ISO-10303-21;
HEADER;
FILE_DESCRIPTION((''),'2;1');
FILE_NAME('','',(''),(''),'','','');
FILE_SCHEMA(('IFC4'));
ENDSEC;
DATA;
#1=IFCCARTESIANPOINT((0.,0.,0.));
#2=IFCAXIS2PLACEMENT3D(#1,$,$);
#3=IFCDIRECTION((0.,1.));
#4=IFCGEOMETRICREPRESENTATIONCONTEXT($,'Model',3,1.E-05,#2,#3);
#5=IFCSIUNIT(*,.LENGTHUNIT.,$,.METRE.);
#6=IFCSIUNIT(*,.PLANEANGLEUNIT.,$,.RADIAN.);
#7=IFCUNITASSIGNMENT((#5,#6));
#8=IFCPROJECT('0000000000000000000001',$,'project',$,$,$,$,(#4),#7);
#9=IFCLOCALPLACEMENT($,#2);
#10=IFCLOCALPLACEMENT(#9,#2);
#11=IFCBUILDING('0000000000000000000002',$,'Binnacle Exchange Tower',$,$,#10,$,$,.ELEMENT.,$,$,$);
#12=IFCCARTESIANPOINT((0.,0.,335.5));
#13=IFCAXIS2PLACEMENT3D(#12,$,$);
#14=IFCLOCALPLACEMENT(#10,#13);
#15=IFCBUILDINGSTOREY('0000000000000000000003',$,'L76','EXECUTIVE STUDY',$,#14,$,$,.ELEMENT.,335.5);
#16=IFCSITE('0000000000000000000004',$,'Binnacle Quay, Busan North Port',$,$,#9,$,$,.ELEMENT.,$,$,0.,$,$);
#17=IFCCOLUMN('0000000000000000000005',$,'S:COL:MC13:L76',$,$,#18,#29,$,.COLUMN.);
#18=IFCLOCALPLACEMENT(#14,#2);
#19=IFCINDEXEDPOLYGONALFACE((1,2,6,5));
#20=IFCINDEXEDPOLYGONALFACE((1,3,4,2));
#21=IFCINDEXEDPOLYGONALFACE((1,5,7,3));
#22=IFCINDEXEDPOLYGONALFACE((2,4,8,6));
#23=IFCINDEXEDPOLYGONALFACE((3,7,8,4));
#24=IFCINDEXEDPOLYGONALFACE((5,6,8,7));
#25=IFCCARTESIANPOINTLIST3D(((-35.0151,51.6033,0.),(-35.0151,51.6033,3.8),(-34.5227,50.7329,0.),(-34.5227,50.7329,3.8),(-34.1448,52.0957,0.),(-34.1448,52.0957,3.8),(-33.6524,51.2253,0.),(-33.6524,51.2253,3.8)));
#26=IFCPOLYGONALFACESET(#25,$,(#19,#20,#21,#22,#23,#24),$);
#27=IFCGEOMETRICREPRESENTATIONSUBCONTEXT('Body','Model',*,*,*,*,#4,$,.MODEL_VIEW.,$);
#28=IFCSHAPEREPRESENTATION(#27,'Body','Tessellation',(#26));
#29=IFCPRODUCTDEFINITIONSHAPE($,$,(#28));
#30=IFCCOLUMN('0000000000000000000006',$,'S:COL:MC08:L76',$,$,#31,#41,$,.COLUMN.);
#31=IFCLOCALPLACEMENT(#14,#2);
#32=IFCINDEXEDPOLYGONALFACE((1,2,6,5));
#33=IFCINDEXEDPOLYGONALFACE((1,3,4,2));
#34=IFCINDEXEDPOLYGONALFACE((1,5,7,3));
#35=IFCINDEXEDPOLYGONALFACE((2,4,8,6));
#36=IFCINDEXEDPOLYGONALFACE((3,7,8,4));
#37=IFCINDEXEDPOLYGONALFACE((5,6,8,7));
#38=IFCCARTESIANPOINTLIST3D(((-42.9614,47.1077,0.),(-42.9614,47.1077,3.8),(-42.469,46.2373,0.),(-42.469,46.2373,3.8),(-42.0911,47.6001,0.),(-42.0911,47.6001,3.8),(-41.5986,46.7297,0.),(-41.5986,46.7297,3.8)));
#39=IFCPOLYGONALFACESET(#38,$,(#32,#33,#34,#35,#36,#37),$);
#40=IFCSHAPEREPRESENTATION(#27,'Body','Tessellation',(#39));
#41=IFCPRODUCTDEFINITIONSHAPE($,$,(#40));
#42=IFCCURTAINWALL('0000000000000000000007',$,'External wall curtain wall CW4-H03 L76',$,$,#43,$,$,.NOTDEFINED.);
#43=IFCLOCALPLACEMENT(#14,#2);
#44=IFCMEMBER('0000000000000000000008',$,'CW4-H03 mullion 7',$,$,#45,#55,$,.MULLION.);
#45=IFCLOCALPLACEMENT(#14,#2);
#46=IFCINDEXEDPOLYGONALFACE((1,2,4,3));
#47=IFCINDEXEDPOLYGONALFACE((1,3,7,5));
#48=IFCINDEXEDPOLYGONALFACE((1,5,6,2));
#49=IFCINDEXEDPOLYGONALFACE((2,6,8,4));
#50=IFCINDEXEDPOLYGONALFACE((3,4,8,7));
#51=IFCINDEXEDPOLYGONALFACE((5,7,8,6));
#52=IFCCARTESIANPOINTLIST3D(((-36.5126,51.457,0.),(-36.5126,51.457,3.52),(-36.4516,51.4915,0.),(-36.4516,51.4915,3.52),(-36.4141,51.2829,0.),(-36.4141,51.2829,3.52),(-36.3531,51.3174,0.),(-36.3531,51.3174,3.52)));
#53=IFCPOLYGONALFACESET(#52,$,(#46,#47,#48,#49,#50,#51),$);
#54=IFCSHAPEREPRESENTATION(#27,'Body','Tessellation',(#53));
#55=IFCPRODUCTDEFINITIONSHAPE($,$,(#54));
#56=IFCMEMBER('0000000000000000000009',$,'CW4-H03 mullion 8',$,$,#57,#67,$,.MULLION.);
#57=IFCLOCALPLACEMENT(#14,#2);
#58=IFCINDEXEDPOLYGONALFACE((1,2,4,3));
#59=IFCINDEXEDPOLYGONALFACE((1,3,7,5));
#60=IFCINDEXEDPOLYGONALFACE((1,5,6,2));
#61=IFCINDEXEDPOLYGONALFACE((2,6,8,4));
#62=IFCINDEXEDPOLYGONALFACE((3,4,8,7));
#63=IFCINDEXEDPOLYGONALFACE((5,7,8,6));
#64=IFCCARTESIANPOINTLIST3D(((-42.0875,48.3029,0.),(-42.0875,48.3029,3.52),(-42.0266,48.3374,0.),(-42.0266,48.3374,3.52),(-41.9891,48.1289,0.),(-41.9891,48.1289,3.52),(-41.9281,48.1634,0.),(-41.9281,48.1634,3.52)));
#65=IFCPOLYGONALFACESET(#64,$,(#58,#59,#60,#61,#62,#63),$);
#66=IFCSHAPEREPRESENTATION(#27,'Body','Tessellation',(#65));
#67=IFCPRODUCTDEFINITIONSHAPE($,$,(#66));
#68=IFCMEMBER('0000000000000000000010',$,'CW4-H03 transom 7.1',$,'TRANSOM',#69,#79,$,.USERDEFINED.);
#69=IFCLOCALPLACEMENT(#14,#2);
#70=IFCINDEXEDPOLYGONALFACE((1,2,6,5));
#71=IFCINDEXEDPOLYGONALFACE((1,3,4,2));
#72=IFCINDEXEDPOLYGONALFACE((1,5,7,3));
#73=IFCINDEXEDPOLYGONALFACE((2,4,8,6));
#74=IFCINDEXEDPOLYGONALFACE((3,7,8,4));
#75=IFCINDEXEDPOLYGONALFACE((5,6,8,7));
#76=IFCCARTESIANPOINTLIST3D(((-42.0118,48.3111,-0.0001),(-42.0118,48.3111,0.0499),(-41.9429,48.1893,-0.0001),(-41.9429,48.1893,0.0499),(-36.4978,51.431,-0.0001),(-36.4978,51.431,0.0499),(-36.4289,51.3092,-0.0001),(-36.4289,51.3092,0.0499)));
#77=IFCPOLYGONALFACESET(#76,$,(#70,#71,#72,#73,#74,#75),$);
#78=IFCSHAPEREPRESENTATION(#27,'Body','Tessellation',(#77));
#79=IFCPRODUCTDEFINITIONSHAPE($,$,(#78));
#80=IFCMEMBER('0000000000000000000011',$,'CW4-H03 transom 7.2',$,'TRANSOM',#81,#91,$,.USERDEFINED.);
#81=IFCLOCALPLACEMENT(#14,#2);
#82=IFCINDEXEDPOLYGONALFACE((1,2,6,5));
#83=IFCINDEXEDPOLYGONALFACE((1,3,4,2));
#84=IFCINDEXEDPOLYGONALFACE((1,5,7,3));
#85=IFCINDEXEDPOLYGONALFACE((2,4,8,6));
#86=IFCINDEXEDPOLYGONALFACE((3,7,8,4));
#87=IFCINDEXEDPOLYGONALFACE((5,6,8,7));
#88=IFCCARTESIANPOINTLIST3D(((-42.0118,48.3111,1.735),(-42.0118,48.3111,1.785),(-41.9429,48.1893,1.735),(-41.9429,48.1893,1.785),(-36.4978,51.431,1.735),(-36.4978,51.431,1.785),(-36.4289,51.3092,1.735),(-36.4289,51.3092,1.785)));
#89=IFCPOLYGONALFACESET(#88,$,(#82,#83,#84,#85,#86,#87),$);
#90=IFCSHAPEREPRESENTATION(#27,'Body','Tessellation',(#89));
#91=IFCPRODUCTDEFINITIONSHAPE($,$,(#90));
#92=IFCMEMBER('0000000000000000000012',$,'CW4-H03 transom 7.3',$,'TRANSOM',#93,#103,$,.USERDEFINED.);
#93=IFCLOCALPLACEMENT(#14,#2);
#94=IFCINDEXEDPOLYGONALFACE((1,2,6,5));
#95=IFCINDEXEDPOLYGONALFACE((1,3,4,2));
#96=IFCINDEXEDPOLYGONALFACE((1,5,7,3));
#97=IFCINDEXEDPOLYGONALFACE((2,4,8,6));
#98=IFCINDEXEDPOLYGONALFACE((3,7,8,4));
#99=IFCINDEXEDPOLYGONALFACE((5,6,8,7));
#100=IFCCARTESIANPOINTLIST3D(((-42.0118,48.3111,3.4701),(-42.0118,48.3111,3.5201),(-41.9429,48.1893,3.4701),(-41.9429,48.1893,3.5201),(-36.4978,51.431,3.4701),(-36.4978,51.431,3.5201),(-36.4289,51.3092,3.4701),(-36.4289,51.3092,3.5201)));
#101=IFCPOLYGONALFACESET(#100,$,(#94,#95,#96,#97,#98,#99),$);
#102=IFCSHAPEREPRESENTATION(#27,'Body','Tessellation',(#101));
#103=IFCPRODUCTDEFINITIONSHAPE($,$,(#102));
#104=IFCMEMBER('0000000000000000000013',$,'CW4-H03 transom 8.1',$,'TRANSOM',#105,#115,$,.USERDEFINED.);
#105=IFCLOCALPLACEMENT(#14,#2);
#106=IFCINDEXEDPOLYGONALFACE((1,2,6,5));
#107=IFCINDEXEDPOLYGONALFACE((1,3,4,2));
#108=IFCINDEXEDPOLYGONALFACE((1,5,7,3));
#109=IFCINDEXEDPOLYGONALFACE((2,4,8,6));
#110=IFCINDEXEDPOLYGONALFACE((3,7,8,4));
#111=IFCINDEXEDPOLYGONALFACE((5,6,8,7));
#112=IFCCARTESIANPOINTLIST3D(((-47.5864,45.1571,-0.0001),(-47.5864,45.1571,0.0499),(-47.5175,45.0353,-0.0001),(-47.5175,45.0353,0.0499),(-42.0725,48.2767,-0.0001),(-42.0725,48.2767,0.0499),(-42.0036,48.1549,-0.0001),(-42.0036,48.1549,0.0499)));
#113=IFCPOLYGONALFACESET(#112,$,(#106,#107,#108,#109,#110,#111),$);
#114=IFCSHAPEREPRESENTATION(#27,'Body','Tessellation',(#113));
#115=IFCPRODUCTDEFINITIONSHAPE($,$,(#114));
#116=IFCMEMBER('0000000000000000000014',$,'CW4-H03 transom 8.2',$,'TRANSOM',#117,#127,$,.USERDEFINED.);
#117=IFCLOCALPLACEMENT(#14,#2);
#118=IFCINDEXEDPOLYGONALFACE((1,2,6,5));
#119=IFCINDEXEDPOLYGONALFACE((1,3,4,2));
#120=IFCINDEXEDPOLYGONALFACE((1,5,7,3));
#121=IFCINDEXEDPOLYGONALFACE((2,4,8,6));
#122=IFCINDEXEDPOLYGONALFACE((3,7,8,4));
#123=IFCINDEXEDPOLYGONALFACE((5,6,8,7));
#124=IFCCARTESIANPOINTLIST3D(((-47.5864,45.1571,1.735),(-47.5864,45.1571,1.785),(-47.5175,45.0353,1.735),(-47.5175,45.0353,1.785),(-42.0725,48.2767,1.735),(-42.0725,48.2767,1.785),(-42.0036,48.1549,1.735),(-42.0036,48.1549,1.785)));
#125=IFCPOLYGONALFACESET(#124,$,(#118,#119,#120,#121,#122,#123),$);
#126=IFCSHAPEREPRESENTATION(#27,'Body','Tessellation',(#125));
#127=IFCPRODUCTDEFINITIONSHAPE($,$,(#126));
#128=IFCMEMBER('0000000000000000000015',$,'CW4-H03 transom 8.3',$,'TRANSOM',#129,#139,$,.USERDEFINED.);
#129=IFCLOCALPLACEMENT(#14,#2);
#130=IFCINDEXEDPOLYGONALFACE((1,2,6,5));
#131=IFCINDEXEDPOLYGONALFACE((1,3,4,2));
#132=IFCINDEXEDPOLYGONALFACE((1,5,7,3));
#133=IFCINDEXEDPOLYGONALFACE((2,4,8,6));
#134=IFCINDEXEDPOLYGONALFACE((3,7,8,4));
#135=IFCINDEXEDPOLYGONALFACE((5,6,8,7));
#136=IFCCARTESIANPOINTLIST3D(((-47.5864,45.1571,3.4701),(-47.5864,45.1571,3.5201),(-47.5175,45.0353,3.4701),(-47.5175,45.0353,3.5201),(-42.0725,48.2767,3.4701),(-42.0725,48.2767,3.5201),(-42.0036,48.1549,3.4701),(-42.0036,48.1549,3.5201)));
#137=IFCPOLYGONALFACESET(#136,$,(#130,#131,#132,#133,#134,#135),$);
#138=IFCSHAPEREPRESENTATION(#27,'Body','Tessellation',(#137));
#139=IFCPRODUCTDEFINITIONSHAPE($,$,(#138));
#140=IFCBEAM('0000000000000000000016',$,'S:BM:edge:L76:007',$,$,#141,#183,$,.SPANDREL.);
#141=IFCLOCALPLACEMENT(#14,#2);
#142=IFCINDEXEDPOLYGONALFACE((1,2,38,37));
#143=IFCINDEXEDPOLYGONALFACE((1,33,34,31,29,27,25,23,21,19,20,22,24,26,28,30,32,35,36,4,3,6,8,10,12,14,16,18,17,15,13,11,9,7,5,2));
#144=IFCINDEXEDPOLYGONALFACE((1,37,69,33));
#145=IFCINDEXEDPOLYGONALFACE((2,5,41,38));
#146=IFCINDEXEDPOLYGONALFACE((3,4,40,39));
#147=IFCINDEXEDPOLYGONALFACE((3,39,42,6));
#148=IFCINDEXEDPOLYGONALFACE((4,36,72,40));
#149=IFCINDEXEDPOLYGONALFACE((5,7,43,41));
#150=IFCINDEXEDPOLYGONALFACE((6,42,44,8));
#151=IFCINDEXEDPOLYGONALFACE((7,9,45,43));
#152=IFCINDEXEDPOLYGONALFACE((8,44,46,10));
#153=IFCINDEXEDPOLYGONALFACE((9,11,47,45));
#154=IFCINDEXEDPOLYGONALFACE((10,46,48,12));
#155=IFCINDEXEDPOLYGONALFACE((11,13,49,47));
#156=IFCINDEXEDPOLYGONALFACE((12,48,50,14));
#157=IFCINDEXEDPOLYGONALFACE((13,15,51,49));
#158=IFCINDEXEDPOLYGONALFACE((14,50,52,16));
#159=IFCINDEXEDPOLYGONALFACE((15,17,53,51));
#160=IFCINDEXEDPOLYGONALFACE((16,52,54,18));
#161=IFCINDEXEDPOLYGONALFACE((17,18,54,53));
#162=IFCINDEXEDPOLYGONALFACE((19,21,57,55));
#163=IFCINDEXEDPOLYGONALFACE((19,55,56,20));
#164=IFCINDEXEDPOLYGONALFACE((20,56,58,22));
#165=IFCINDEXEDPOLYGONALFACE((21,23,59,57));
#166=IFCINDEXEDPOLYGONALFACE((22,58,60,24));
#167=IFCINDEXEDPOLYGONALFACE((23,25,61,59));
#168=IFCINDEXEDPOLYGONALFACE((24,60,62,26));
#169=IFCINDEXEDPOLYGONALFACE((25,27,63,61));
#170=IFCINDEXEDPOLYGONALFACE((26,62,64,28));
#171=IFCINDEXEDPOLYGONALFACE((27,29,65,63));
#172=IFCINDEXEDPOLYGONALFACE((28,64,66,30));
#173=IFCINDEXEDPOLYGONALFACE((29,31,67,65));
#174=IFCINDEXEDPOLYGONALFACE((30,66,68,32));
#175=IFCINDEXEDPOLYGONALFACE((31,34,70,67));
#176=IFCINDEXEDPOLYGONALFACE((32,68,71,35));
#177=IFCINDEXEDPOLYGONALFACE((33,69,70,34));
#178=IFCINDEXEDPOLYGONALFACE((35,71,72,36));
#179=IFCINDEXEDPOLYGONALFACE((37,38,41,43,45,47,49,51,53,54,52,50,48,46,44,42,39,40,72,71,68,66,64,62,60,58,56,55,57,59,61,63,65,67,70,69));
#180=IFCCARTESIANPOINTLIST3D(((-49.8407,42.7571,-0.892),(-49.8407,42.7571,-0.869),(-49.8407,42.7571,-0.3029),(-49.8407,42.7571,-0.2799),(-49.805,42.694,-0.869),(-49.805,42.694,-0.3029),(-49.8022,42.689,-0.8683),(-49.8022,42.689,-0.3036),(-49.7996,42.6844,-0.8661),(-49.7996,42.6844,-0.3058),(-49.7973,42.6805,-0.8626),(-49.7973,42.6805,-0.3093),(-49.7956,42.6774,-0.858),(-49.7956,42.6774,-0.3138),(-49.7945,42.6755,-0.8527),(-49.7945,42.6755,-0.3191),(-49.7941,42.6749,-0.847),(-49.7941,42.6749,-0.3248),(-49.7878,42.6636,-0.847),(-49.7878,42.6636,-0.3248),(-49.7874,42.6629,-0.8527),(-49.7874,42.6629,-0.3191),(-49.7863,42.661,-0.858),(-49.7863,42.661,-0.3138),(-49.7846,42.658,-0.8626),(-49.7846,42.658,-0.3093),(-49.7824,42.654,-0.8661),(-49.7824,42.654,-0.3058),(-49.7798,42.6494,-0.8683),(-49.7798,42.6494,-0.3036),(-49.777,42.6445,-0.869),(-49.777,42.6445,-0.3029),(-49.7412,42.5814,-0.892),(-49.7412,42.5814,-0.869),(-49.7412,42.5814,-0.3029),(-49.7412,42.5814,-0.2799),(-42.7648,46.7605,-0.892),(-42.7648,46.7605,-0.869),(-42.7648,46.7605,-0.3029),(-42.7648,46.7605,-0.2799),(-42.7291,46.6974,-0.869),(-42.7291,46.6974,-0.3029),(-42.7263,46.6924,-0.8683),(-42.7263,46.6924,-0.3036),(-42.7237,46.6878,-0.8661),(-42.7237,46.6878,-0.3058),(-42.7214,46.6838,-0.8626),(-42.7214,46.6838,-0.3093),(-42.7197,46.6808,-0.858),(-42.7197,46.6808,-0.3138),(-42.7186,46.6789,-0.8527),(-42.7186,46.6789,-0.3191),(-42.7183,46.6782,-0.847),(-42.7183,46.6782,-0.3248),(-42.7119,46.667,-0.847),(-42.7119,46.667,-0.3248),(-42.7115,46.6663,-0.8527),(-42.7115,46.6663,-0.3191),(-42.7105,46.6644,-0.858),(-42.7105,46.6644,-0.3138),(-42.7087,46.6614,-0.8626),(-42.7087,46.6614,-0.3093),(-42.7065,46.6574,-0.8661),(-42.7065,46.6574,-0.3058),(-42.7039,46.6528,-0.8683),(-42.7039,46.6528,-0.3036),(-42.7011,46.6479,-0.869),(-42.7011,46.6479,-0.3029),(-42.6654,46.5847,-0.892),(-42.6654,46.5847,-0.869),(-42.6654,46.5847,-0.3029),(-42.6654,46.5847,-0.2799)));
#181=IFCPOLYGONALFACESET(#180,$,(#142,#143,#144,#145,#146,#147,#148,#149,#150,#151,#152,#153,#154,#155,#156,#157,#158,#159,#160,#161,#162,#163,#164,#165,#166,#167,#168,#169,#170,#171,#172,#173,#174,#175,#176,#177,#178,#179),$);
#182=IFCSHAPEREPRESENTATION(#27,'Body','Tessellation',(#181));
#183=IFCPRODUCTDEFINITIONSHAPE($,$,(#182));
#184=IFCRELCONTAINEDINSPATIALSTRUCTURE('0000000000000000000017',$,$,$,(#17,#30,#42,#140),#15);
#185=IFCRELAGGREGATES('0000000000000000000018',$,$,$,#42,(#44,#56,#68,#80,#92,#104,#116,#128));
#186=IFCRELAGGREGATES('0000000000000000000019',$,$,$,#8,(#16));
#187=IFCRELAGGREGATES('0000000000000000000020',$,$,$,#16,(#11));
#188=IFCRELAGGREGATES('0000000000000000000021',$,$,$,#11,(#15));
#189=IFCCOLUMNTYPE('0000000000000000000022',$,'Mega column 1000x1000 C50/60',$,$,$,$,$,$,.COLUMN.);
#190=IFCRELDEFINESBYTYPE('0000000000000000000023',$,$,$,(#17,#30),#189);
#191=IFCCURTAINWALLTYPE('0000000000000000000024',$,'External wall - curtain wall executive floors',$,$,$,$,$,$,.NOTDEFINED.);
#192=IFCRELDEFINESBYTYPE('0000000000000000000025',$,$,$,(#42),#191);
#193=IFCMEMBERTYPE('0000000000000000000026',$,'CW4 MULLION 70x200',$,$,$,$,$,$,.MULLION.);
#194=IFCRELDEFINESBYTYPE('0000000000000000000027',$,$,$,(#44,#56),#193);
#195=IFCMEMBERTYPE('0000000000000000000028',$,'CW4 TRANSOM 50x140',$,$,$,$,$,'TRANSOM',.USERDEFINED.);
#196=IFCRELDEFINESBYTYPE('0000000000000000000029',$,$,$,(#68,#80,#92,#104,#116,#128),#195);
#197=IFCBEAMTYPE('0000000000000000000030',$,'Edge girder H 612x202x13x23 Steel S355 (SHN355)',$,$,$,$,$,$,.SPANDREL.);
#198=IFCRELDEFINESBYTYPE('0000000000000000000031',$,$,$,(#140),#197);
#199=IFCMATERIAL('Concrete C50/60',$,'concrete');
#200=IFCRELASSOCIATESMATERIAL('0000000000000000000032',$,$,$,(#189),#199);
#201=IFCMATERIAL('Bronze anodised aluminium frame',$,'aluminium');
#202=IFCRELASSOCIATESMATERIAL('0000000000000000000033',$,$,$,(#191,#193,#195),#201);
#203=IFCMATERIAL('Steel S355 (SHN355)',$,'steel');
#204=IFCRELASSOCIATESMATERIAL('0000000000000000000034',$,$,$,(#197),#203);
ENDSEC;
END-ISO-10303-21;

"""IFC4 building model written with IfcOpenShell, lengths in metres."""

from ifc_helpers import new_model, si_unit, direction, frame, origin, origin_2d, place, context, subcontext, project, spatial, rectangle, i_section, extrude, material, material_profile, profile_set, type_object, element, aggregate, save


model = new_model("IFC4")

# Units and contexts
model_context = context("Model", 3, precision=1e-05, world=origin(), true_north=direction((0.0, 1.0)))
body_context = subcontext(model_context, "Body", "Model", "MODEL_VIEW")
ifc_project = project(units=[si_unit("LENGTHUNIT", "METRE"), si_unit("PLANEANGLEUNIT", "RADIAN")], contexts=[model_context])

# Site, building, storey
site_placement = place(None, origin())
site = spatial("IfcSite", under=ifc_project, at=site_placement, Name="Binnacle Quay, Busan North Port", CompositionType="ELEMENT", RefElevation=0.0)
building_placement = place(site_placement, origin())
building = spatial("IfcBuilding", under=site, at=building_placement, Name="Binnacle Exchange Tower", CompositionType="ELEMENT")
storey_placement = place(building_placement, frame((0.0, 0.0, 335.5)))
storey = spatial("IfcBuildingStorey", under=building, at=storey_placement, Name="L76", Description="EXECUTIVE STUDY", CompositionType="ELEMENT", Elevation=335.5)

# Columns
ifc_material_1 = material(Name="Concrete C50/60", Category="concrete")
ifc_material_profile_1 = material_profile(ifc_material_1, rectangle(XDim=1.0, YDim=1.0, at=origin_2d()), Name="Mega column 1000x1000 C50/60")
ifc_profile_set_1 = profile_set([ifc_material_profile_1], Name="Concrete C50/60")
column_type = type_object("IfcColumnType", Name="Mega column 1000x1000 C50/60", PredefinedType="COLUMN", material=ifc_profile_set_1)
for number, where, z_axis, x_axis, name in (
    (1, (-34.3337, 51.4143, 0.0), (0.0, 0.0, 1.0), (-0.870356, -0.492424, 0.0), "S:COL:MC13:L76"),
    (2, (-42.28, 46.9187, 0.0), (0.0, 0.0, 1.0), (-0.870356, -0.492424, 0.0), "S:COL:MC08:L76"),
):
    element("IfcColumn", number, at=place(storey_placement, frame(where, z_axis=z_axis, x_axis=x_axis)), inside=storey, type_object=column_type, Name=name, PredefinedType="COLUMN", context=body_context, shape_type="SweptSolid", body=[
        extrude(rectangle(XDim=1.0, YDim=1.0, at=origin_2d()), origin(), (0.0, 0.0, 1.0), 3.8),
    ])

# Curtain wall, members
ifc_material_2 = material(Name="Bronze anodised aluminium frame", Category="aluminium")
curtain_wall_type = type_object("IfcCurtainWallType", Name="External wall - curtain wall executive floors", PredefinedType="NOTDEFINED", material=ifc_material_2)
curtain_wall_placement = place(storey_placement, origin())
curtain_wall = element("IfcCurtainWall", 3, at=curtain_wall_placement, inside=storey, type_object=curtain_wall_type, Name="External wall curtain wall CW4-H03 L76", PredefinedType="NOTDEFINED")
ifc_material_profile_2 = material_profile(ifc_material_2, rectangle(XDim=0.2, YDim=0.0701, at=origin_2d()), Name="AL 70x200")
ifc_profile_set_2 = profile_set([ifc_material_profile_2], Name="Bronze anodised aluminium frame")
member_type_1 = type_object("IfcMemberType", Name="CW4 MULLION 70x200", PredefinedType="MULLION", material=ifc_profile_set_2)
member_1_placement = place(storey_placement, frame((-36.4329, 51.3872, 0.0), z_axis=(0.0, 0.0, 1.0), x_axis=(0.492424, -0.870356, 0.0)))
member_1 = element("IfcMember", 4, at=member_1_placement, type_object=member_type_1, Name="CW4-H03 mullion 7", PredefinedType="MULLION", context=body_context, shape_type="SweptSolid", body=[
    extrude(rectangle(XDim=0.2, YDim=0.0701, at=origin_2d()), origin(), (0.0, 0.0, 1.0), 3.52),
])
member_2_placement = place(storey_placement, frame((-42.0078, 48.2332, 0.0), z_axis=(0.0, 0.0, 1.0), x_axis=(0.492424, -0.870356, 0.0)))
member_2 = element("IfcMember", 5, at=member_2_placement, type_object=member_type_1, Name="CW4-H03 mullion 8", PredefinedType="MULLION", context=body_context, shape_type="SweptSolid", body=[
    extrude(rectangle(XDim=0.2, YDim=0.0701, at=origin_2d()), origin(), (0.0, 0.0, 1.0), 3.52),
])
ifc_material_profile_3 = material_profile(ifc_material_2, rectangle(XDim=0.1399, YDim=0.05, at=origin_2d()), Name="AL 140x50")
ifc_profile_set_3 = profile_set([ifc_material_profile_3], Name="Bronze anodised aluminium frame")
member_type_2 = type_object("IfcMemberType", Name="CW4 TRANSOM 50x140", ElementType="TRANSOM", PredefinedType="USERDEFINED", material=ifc_profile_set_3)
member_3_placement = place(storey_placement, frame((-36.4634, 51.3701, 0.0249), z_axis=(-0.870339, -0.492453, 0.0), x_axis=(0.492453, -0.870339, 0.0)))
member_3 = element("IfcMember", 6, at=member_3_placement, type_object=member_type_2, Name="CW4-H03 transom 7.1", ObjectType="TRANSOM", PredefinedType="USERDEFINED", context=body_context, shape_type="SweptSolid", body=[
    extrude(rectangle(XDim=0.1399, YDim=0.05, at=origin_2d()), origin(), (0.0, 0.0, 1.0), 6.3354),
])
member_4_placement = place(storey_placement, frame((-36.4634, 51.3701, 1.76), z_axis=(-0.870339, -0.492453, 0.0), x_axis=(0.492453, -0.870339, 0.0)))
member_4 = element("IfcMember", 7, at=member_4_placement, type_object=member_type_2, Name="CW4-H03 transom 7.2", ObjectType="TRANSOM", PredefinedType="USERDEFINED", context=body_context, shape_type="SweptSolid", body=[
    extrude(rectangle(XDim=0.1399, YDim=0.05, at=origin_2d()), origin(), (0.0, 0.0, 1.0), 6.3354),
])
member_5_placement = place(storey_placement, frame((-36.4634, 51.3701, 3.4951), z_axis=(-0.870339, -0.492453, 0.0), x_axis=(0.492453, -0.870339, 0.0)))
member_5 = element("IfcMember", 8, at=member_5_placement, type_object=member_type_2, Name="CW4-H03 transom 7.3", ObjectType="TRANSOM", PredefinedType="USERDEFINED", context=body_context, shape_type="SweptSolid", body=[
    extrude(rectangle(XDim=0.1399, YDim=0.05, at=origin_2d()), origin(), (0.0, 0.0, 1.0), 6.3354),
])
member_6_placement = place(storey_placement, frame((-42.0381, 48.2158, 0.0249), z_axis=(-0.870355, -0.492424, 0.0), x_axis=(0.492424, -0.870355, 0.0)))
member_6 = element("IfcMember", 9, at=member_6_placement, type_object=member_type_2, Name="CW4-H03 transom 8.1", ObjectType="TRANSOM", PredefinedType="USERDEFINED", context=body_context, shape_type="SweptSolid", body=[
    extrude(rectangle(XDim=0.1399, YDim=0.05, at=origin_2d()), origin(), (0.0, 0.0, 1.0), 6.3352),
])
member_7_placement = place(storey_placement, frame((-42.0381, 48.2158, 1.76), z_axis=(-0.870355, -0.492424, 0.0), x_axis=(0.492424, -0.870355, 0.0)))
member_7 = element("IfcMember", 10, at=member_7_placement, type_object=member_type_2, Name="CW4-H03 transom 8.2", ObjectType="TRANSOM", PredefinedType="USERDEFINED", context=body_context, shape_type="SweptSolid", body=[
    extrude(rectangle(XDim=0.1399, YDim=0.05, at=origin_2d()), origin(), (0.0, 0.0, 1.0), 6.3352),
])
member_8_placement = place(storey_placement, frame((-42.0381, 48.2158, 3.4951), z_axis=(-0.870355, -0.492424, 0.0), x_axis=(0.492424, -0.870355, 0.0)))
member_8 = element("IfcMember", 11, at=member_8_placement, type_object=member_type_2, Name="CW4-H03 transom 8.3", ObjectType="TRANSOM", PredefinedType="USERDEFINED", context=body_context, shape_type="SweptSolid", body=[
    extrude(rectangle(XDim=0.1399, YDim=0.05, at=origin_2d()), origin(), (0.0, 0.0, 1.0), 6.3352),
])

# Beam
ifc_material_3 = material(Name="Steel S355 (SHN355)", Category="steel")
ifc_material_profile_4 = material_profile(ifc_material_3, i_section(OverallWidth=0.2019, OverallDepth=0.6121, WebThickness=0.0129, FlangeThickness=0.0229, FilletRadius=0.022, at=origin_2d()), Name="H 612x202x13x23")
ifc_profile_set_4 = profile_set([ifc_material_profile_4], Name="Steel S355 (SHN355)")
beam_type_1 = type_object("IfcBeamType", Name="Edge girder H 612x202x13x23 Steel S355 (SHN355)", PredefinedType="SPANDREL", material=ifc_profile_set_4)
beam_1_placement = place(storey_placement, frame((-42.7151, 46.6726, -0.5859), z_axis=(-0.870353, -0.492428, 0.0), x_axis=(0.492428, -0.870353, 0.0)))
element("IfcBeam", 12, at=beam_1_placement, inside=storey, type_object=beam_type_1, Name="S:BM:edge:L76:007", PredefinedType="SPANDREL", context=body_context, shape_type="SweptSolid", body=[
    extrude(i_section(OverallWidth=0.2019, OverallDepth=0.6121, WebThickness=0.0129, FlangeThickness=0.0229, FilletRadius=0.022, at=origin_2d()), origin(), (0.0, 0.0, 1.0), 8.1299),
])

aggregate(curtain_wall, [member_1, member_2, member_3, member_4, member_5, member_6, member_7, member_8])

save(model, "model.ifc")
